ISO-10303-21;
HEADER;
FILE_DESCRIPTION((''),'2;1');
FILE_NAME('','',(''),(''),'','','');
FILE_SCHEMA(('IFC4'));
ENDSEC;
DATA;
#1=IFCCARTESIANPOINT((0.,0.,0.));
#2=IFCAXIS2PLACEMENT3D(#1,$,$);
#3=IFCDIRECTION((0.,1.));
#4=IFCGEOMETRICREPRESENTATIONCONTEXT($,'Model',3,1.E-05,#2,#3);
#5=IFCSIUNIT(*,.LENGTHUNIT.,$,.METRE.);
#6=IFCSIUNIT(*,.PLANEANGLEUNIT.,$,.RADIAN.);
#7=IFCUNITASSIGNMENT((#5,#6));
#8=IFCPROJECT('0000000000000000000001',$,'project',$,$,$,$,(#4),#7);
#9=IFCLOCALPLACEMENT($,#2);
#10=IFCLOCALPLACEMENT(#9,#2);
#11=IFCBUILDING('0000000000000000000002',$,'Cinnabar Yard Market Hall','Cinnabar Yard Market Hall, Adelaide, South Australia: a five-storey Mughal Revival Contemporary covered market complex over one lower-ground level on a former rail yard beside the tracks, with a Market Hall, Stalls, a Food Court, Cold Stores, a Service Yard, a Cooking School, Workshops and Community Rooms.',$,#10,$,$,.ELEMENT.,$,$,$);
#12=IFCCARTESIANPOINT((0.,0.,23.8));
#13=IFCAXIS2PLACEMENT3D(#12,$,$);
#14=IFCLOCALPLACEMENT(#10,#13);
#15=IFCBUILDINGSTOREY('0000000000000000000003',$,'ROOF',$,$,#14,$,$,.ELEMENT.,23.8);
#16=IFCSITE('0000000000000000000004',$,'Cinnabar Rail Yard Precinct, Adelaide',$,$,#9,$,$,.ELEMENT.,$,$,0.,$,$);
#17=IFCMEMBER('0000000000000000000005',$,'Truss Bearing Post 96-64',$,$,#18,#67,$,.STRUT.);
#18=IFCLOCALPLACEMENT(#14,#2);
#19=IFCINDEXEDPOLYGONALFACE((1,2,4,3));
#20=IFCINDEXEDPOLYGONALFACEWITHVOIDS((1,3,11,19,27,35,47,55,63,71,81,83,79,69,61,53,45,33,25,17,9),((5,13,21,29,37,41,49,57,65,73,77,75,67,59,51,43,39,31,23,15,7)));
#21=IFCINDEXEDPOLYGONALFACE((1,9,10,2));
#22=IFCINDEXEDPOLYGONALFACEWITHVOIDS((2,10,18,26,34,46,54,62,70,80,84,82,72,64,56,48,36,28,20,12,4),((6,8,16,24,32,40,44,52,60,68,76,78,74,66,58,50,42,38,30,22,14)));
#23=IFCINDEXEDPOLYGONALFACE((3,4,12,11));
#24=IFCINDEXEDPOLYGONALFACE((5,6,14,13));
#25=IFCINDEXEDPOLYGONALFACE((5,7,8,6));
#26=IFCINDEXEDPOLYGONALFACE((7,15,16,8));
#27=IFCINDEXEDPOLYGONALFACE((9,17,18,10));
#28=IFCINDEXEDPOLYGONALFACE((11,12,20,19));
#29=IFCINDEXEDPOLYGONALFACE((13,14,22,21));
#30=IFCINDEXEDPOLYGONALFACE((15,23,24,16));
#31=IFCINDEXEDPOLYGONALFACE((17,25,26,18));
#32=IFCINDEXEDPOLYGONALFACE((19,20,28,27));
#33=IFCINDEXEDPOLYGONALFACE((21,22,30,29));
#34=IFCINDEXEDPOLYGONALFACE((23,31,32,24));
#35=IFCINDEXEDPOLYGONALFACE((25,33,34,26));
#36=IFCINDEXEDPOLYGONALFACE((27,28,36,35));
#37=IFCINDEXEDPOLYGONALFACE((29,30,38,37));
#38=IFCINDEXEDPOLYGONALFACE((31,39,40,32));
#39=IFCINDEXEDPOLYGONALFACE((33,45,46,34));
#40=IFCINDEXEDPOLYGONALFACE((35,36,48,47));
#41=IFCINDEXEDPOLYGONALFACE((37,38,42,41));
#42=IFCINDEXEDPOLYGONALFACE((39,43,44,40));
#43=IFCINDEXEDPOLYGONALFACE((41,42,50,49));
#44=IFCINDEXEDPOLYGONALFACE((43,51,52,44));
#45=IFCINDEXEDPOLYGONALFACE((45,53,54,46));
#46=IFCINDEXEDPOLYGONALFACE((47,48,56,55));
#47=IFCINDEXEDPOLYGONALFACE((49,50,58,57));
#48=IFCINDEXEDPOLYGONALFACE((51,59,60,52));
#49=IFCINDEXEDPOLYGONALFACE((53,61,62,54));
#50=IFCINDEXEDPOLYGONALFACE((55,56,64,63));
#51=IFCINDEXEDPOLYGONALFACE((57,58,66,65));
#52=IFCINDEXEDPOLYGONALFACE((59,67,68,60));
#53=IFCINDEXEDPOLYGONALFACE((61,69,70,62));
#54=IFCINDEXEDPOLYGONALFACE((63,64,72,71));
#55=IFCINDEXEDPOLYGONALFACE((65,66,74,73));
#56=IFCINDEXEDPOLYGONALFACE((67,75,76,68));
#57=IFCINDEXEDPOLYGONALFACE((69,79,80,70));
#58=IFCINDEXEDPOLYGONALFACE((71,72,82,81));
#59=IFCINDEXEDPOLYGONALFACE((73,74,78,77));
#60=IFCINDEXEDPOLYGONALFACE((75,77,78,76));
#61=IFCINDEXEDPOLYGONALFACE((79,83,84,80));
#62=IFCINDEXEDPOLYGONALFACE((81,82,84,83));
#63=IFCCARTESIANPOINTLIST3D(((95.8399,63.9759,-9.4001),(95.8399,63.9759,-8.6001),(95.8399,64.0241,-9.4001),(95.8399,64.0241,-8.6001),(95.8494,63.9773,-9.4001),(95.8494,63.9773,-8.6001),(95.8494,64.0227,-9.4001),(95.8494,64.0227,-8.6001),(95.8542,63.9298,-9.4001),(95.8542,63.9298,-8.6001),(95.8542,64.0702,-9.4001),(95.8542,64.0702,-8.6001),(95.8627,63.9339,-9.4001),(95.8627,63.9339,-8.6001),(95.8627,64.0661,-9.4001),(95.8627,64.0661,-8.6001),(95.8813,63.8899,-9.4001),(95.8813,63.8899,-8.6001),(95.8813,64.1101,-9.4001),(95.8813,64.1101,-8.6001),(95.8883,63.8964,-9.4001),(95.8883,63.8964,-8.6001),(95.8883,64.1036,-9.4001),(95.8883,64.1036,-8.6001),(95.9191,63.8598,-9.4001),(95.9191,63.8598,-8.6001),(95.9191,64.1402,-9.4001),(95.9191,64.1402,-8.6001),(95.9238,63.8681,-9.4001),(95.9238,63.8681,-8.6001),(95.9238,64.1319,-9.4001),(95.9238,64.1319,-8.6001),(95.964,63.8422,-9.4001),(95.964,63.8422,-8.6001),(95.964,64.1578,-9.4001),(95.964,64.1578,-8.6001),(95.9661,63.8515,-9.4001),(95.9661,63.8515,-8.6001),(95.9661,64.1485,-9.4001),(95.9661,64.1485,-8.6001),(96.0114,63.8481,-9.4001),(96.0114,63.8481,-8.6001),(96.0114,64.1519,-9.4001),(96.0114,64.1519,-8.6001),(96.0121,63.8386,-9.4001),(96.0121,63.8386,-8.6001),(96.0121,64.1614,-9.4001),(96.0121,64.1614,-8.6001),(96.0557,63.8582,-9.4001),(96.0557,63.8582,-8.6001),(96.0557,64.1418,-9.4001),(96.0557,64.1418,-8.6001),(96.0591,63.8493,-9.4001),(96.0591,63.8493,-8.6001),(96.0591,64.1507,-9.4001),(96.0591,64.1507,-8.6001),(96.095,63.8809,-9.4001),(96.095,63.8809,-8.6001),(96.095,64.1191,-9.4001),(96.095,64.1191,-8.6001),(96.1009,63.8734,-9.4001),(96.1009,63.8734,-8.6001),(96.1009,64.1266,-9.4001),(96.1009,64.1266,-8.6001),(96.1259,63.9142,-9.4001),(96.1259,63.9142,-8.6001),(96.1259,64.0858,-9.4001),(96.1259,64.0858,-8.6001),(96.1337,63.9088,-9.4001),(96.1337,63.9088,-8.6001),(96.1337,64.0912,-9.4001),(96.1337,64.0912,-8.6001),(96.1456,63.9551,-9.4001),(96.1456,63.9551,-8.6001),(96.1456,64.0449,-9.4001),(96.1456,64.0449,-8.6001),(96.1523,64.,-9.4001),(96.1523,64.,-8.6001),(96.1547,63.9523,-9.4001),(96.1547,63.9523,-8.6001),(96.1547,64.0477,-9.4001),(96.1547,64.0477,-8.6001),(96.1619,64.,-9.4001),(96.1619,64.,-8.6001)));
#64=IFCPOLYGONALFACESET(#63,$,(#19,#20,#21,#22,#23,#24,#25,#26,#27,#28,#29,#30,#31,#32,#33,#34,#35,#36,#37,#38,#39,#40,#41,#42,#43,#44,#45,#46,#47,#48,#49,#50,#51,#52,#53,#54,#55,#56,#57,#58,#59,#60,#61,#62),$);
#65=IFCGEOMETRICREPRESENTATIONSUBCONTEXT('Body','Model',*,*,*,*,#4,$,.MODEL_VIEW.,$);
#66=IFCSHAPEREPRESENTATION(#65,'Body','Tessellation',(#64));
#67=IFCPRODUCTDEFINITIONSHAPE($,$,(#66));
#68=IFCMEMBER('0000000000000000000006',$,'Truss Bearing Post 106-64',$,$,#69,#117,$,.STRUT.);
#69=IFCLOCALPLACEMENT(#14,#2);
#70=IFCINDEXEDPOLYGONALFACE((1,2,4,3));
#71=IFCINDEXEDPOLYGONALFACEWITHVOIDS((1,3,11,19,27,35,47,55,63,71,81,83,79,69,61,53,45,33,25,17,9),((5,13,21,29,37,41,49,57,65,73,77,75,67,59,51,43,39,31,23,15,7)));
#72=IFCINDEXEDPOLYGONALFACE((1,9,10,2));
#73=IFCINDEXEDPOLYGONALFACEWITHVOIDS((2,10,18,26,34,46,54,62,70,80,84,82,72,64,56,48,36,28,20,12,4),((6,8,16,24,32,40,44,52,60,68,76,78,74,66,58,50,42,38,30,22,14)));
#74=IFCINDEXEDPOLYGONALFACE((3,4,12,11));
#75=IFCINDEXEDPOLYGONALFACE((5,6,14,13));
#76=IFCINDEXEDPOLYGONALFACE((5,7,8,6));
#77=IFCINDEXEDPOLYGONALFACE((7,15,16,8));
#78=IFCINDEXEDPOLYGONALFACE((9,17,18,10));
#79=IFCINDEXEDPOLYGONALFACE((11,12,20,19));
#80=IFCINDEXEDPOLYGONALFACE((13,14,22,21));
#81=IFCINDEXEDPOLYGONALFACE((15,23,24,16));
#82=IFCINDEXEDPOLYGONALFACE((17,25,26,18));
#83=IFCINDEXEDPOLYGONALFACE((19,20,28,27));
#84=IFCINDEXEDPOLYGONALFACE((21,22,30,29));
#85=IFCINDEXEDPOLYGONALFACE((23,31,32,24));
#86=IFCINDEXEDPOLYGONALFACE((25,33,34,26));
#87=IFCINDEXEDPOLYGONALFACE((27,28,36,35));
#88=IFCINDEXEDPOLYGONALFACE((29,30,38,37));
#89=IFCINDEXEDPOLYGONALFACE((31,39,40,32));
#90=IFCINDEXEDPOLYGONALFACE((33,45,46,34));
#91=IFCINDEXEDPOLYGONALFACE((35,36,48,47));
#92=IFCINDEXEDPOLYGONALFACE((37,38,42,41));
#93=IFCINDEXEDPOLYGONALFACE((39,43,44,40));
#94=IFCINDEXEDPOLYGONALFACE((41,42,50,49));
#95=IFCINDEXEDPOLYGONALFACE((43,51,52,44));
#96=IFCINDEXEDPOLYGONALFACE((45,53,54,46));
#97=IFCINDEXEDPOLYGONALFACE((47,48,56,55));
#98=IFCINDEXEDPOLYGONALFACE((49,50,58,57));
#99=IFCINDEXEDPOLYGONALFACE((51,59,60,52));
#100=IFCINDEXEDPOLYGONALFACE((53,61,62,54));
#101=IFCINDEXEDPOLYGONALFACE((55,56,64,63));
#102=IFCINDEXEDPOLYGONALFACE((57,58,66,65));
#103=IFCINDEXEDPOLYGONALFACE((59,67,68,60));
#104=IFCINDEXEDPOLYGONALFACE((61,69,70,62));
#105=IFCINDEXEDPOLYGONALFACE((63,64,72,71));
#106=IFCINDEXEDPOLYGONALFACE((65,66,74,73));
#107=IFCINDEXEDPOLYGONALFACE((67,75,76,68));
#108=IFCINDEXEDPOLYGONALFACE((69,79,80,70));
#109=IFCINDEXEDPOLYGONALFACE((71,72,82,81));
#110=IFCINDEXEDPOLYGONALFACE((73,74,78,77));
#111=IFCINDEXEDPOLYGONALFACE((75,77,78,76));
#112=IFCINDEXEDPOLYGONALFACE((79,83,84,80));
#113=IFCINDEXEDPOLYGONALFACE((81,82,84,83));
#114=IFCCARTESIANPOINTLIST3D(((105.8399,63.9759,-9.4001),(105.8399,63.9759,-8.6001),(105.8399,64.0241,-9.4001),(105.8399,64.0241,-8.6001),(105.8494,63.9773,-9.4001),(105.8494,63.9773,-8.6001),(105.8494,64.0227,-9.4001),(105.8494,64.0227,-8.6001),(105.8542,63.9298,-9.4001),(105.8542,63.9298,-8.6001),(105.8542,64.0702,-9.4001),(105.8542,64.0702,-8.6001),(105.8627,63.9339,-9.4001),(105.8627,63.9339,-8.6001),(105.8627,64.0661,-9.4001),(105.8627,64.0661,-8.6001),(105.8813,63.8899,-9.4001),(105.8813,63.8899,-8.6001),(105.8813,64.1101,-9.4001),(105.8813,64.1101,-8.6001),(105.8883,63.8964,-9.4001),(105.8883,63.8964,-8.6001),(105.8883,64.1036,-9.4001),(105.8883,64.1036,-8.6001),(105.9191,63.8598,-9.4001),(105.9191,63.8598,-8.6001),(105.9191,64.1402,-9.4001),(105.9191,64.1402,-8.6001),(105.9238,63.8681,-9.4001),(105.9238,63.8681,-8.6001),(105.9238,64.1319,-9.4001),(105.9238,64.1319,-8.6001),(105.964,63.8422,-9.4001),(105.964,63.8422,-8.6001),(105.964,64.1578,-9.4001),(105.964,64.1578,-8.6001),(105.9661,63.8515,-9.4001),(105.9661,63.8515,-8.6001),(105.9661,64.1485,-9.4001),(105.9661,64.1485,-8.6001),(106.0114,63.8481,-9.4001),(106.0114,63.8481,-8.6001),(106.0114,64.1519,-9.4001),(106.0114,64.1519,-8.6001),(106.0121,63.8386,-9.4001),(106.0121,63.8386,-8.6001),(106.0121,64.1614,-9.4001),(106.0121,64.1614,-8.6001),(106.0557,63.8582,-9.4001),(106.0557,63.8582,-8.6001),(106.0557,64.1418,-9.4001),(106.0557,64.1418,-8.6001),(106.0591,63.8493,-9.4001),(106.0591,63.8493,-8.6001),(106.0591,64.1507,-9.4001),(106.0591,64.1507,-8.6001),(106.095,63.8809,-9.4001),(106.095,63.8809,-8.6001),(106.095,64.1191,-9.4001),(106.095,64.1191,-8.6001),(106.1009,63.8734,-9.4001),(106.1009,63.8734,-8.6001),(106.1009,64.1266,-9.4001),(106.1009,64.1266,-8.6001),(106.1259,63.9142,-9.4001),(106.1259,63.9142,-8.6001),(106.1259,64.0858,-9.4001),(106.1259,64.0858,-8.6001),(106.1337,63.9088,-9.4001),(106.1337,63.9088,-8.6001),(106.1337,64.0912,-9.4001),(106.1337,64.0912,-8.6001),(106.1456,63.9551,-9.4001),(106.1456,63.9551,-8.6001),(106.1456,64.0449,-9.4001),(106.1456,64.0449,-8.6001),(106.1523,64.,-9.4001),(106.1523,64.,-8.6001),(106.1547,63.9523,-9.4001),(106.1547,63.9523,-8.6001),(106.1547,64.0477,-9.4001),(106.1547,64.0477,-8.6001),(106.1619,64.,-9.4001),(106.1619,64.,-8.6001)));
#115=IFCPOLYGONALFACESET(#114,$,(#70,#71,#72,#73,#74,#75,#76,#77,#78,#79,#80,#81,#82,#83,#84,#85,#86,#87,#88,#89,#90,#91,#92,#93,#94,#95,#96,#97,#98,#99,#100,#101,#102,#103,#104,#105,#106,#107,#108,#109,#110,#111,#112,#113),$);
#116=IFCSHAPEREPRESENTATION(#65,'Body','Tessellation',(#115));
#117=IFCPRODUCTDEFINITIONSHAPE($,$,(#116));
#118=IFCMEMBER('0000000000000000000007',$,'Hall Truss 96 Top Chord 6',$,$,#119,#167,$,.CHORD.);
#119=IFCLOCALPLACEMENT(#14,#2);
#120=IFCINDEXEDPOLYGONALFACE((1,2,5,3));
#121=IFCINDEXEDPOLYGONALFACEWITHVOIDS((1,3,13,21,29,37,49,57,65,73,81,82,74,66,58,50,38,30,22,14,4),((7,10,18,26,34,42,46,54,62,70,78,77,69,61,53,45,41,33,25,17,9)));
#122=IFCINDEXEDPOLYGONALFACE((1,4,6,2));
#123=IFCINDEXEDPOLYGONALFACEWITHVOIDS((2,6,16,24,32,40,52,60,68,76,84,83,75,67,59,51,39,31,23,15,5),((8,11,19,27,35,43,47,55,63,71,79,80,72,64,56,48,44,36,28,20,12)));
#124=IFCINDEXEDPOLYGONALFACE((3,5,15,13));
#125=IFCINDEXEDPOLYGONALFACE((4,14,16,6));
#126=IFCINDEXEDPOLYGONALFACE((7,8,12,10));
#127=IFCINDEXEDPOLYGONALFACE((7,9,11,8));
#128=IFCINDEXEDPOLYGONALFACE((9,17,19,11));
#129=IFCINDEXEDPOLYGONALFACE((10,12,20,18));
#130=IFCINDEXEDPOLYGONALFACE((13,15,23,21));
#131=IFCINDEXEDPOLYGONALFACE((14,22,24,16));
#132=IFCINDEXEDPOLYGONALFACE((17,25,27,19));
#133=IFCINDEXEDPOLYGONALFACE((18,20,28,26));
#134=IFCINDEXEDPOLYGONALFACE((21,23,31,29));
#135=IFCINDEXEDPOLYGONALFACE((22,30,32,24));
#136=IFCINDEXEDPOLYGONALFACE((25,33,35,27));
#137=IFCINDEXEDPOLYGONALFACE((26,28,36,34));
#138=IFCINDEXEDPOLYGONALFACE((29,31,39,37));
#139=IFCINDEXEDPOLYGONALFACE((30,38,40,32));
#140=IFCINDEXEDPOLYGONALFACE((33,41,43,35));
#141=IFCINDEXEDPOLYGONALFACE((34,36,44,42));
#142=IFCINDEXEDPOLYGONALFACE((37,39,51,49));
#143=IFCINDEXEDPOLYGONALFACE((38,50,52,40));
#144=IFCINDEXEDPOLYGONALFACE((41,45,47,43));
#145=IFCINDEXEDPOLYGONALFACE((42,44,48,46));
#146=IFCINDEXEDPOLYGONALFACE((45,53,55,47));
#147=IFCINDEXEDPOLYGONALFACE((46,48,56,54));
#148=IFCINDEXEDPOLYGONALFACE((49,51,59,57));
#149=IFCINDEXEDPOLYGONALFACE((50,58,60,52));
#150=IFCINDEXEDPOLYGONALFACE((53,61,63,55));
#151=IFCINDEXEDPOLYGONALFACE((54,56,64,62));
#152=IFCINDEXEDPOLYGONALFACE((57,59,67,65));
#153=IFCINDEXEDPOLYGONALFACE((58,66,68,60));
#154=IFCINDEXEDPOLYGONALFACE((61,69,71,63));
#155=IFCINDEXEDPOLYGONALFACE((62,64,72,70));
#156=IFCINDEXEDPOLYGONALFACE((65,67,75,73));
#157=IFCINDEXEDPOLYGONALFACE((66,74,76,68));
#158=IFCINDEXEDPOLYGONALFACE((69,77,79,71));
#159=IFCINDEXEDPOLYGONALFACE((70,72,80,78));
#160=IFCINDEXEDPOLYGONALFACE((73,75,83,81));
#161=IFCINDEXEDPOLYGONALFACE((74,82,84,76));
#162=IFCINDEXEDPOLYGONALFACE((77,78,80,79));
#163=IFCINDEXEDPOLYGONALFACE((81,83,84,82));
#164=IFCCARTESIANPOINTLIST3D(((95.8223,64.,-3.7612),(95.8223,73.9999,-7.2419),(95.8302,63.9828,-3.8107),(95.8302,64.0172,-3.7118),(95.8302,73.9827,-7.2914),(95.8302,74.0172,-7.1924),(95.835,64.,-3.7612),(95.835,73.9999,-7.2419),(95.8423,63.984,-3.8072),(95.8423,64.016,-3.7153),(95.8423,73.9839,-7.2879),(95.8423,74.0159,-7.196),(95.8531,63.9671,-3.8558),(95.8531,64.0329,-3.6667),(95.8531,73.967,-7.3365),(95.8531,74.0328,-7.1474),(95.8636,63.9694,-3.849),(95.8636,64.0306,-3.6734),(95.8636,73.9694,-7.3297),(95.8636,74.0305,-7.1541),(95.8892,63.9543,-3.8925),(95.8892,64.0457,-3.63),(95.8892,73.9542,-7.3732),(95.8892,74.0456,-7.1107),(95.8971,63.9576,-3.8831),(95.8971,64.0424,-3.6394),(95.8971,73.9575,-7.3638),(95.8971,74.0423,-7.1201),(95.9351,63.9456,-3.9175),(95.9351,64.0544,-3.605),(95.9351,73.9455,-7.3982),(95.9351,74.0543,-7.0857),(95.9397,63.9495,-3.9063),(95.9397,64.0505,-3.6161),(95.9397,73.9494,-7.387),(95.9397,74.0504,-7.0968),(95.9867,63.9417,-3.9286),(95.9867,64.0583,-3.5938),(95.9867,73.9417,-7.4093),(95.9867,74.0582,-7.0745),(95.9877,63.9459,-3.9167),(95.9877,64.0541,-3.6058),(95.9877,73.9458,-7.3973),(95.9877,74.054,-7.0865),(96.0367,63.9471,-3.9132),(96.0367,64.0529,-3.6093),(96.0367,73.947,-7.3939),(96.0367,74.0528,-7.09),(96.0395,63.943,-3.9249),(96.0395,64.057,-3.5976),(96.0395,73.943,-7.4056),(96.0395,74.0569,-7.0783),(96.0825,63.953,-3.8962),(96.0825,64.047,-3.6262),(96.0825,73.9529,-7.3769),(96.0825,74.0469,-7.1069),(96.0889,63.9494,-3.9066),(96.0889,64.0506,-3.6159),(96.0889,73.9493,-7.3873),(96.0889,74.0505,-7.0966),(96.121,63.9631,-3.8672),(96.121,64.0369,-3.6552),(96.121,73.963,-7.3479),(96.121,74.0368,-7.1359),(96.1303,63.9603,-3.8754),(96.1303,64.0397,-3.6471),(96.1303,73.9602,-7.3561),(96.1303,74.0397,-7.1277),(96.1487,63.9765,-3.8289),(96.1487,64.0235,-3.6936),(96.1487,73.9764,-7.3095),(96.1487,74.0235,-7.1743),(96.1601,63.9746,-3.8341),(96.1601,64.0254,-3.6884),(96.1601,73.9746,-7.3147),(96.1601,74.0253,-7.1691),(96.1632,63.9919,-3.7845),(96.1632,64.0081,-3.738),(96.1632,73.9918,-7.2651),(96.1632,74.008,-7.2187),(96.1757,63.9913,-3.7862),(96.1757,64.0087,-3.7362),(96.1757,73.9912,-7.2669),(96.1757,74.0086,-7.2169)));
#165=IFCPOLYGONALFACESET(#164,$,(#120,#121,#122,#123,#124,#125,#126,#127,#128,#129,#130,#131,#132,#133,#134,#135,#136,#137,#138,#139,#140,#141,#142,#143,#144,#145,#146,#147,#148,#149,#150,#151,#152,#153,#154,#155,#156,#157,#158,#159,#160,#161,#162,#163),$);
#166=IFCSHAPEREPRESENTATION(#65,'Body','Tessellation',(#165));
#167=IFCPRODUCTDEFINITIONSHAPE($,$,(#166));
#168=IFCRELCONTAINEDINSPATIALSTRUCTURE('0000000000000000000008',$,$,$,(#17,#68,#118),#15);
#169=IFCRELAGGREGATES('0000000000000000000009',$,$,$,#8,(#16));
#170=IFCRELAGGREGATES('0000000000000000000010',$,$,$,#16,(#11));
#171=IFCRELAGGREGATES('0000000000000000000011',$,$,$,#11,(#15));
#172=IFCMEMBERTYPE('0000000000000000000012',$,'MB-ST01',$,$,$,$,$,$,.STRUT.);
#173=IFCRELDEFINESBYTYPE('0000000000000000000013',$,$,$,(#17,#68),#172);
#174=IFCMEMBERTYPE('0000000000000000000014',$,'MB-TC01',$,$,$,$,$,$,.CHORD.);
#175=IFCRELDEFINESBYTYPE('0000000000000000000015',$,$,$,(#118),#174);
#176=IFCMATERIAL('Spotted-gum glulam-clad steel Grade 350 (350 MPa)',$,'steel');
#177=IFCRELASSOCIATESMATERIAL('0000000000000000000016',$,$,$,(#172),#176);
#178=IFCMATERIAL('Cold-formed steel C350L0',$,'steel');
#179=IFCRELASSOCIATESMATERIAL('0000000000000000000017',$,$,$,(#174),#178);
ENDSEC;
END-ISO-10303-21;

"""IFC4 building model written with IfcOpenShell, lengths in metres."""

from ifc_helpers import new_model, si_unit, direction, frame, origin, origin_2d_with_axis, place, context, subcontext, project, spatial, hollow_circle, extrude, material, material_profile, profile_set, type_object, element, save


model = new_model("IFC4")

# Units and contexts
model_context = context("Model", 3, precision=1e-05, world=origin(), true_north=direction((0.0, 1.0)))
body_context = subcontext(model_context, "Body", "Model", "MODEL_VIEW")
ifc_project = project(units=[si_unit("LENGTHUNIT", "METRE"), si_unit("PLANEANGLEUNIT", "RADIAN")], contexts=[model_context])

# Site, building, storey
site_placement = place(None, origin())
site = spatial("IfcSite", under=ifc_project, at=site_placement, Name="Cinnabar Rail Yard Precinct, Adelaide", CompositionType="ELEMENT", RefElevation=0.0)
building_placement = place(site_placement, origin())
building = spatial("IfcBuilding", under=site, at=building_placement, Name="Cinnabar Yard Market Hall", Description="Cinnabar Yard Market Hall, Adelaide, South Australia: a five-storey Mughal Revival Contemporary covered market complex over one lower-ground level on a former rail yard beside the tracks, with a Market Hall, Stalls, a Food Court, Cold Stores, a Service Yard, a Cooking School, Workshops and Community Rooms.", CompositionType="ELEMENT")
storey_placement = place(building_placement, frame((0.0, 0.0, 23.8)))
storey = spatial("IfcBuildingStorey", under=building, at=storey_placement, Name="ROOF", CompositionType="ELEMENT", Elevation=23.8)

# Members
ifc_material_1 = material(Name="Cold-formed steel C350L0", Category="steel")
ifc_material_2 = material(Name="Spotted-gum glulam-clad steel Grade 350 (350 MPa)", Category="steel")
ifc_material_profile_1 = material_profile(ifc_material_2, hollow_circle(Radius=0.1619, WallThickness=0.0095, at=origin_2d_with_axis()), Name="323.9x9.5CHS")
ifc_profile_set_1 = profile_set([ifc_material_profile_1], Name="Spotted-gum glulam-clad steel Grade 350 (350 MPa)")
member_type_1 = type_object("IfcMemberType", Name="MB-ST01", PredefinedType="STRUT", material=ifc_profile_set_1)
for number, where, z_axis, x_axis, name in (
    (1, (96.0, 64.0, -9.4001), (0.0, 0.0, 1.0), (1.0, 0.0, 0.0), "Truss Bearing Post 96-64"),
    (2, (106.0, 64.0, -9.4001), (0.0, 0.0, 1.0), (1.0, 0.0, 0.0), "Truss Bearing Post 106-64"),
):
    element("IfcMember", number, at=place(storey_placement, frame(where, z_axis=z_axis, x_axis=x_axis)), inside=storey, type_object=member_type_1, Name=name, PredefinedType="STRUT", context=body_context, shape_type="SweptSolid", body=[
        extrude(hollow_circle(Radius=0.1619, WallThickness=0.0095, at=origin_2d_with_axis()), origin(), (0.0, 0.0, 1.0), 0.8),
    ])
ifc_material_profile_2 = material_profile(ifc_material_1, hollow_circle(Radius=0.1777, WallThickness=0.0127, at=origin_2d_with_axis()), Name="355.6x12.7CHS")
ifc_profile_set_2 = profile_set([ifc_material_profile_2], Name="Cold-formed steel C350L0")
member_type_2 = type_object("IfcMemberType", Name="MB-TC01", PredefinedType="CHORD", material=ifc_profile_set_2)
for number, where, z_axis, x_axis, name in (
    (3, (96.0, 64.0, -3.7612), (0.0, 0.944425, -0.328727), (-1.0, 0.0, 0.0), "Hall Truss 96 Top Chord 6"),
):
    element("IfcMember", number, at=place(storey_placement, frame(where, z_axis=z_axis, x_axis=x_axis)), inside=storey, type_object=member_type_2, Name=name, PredefinedType="CHORD", context=body_context, shape_type="SweptSolid", body=[
        extrude(hollow_circle(Radius=0.1777, WallThickness=0.0127, at=origin_2d_with_axis()), origin(), (0.0, 0.0, 1.0), 10.5884),
    ])

save(model, "model.ifc")
